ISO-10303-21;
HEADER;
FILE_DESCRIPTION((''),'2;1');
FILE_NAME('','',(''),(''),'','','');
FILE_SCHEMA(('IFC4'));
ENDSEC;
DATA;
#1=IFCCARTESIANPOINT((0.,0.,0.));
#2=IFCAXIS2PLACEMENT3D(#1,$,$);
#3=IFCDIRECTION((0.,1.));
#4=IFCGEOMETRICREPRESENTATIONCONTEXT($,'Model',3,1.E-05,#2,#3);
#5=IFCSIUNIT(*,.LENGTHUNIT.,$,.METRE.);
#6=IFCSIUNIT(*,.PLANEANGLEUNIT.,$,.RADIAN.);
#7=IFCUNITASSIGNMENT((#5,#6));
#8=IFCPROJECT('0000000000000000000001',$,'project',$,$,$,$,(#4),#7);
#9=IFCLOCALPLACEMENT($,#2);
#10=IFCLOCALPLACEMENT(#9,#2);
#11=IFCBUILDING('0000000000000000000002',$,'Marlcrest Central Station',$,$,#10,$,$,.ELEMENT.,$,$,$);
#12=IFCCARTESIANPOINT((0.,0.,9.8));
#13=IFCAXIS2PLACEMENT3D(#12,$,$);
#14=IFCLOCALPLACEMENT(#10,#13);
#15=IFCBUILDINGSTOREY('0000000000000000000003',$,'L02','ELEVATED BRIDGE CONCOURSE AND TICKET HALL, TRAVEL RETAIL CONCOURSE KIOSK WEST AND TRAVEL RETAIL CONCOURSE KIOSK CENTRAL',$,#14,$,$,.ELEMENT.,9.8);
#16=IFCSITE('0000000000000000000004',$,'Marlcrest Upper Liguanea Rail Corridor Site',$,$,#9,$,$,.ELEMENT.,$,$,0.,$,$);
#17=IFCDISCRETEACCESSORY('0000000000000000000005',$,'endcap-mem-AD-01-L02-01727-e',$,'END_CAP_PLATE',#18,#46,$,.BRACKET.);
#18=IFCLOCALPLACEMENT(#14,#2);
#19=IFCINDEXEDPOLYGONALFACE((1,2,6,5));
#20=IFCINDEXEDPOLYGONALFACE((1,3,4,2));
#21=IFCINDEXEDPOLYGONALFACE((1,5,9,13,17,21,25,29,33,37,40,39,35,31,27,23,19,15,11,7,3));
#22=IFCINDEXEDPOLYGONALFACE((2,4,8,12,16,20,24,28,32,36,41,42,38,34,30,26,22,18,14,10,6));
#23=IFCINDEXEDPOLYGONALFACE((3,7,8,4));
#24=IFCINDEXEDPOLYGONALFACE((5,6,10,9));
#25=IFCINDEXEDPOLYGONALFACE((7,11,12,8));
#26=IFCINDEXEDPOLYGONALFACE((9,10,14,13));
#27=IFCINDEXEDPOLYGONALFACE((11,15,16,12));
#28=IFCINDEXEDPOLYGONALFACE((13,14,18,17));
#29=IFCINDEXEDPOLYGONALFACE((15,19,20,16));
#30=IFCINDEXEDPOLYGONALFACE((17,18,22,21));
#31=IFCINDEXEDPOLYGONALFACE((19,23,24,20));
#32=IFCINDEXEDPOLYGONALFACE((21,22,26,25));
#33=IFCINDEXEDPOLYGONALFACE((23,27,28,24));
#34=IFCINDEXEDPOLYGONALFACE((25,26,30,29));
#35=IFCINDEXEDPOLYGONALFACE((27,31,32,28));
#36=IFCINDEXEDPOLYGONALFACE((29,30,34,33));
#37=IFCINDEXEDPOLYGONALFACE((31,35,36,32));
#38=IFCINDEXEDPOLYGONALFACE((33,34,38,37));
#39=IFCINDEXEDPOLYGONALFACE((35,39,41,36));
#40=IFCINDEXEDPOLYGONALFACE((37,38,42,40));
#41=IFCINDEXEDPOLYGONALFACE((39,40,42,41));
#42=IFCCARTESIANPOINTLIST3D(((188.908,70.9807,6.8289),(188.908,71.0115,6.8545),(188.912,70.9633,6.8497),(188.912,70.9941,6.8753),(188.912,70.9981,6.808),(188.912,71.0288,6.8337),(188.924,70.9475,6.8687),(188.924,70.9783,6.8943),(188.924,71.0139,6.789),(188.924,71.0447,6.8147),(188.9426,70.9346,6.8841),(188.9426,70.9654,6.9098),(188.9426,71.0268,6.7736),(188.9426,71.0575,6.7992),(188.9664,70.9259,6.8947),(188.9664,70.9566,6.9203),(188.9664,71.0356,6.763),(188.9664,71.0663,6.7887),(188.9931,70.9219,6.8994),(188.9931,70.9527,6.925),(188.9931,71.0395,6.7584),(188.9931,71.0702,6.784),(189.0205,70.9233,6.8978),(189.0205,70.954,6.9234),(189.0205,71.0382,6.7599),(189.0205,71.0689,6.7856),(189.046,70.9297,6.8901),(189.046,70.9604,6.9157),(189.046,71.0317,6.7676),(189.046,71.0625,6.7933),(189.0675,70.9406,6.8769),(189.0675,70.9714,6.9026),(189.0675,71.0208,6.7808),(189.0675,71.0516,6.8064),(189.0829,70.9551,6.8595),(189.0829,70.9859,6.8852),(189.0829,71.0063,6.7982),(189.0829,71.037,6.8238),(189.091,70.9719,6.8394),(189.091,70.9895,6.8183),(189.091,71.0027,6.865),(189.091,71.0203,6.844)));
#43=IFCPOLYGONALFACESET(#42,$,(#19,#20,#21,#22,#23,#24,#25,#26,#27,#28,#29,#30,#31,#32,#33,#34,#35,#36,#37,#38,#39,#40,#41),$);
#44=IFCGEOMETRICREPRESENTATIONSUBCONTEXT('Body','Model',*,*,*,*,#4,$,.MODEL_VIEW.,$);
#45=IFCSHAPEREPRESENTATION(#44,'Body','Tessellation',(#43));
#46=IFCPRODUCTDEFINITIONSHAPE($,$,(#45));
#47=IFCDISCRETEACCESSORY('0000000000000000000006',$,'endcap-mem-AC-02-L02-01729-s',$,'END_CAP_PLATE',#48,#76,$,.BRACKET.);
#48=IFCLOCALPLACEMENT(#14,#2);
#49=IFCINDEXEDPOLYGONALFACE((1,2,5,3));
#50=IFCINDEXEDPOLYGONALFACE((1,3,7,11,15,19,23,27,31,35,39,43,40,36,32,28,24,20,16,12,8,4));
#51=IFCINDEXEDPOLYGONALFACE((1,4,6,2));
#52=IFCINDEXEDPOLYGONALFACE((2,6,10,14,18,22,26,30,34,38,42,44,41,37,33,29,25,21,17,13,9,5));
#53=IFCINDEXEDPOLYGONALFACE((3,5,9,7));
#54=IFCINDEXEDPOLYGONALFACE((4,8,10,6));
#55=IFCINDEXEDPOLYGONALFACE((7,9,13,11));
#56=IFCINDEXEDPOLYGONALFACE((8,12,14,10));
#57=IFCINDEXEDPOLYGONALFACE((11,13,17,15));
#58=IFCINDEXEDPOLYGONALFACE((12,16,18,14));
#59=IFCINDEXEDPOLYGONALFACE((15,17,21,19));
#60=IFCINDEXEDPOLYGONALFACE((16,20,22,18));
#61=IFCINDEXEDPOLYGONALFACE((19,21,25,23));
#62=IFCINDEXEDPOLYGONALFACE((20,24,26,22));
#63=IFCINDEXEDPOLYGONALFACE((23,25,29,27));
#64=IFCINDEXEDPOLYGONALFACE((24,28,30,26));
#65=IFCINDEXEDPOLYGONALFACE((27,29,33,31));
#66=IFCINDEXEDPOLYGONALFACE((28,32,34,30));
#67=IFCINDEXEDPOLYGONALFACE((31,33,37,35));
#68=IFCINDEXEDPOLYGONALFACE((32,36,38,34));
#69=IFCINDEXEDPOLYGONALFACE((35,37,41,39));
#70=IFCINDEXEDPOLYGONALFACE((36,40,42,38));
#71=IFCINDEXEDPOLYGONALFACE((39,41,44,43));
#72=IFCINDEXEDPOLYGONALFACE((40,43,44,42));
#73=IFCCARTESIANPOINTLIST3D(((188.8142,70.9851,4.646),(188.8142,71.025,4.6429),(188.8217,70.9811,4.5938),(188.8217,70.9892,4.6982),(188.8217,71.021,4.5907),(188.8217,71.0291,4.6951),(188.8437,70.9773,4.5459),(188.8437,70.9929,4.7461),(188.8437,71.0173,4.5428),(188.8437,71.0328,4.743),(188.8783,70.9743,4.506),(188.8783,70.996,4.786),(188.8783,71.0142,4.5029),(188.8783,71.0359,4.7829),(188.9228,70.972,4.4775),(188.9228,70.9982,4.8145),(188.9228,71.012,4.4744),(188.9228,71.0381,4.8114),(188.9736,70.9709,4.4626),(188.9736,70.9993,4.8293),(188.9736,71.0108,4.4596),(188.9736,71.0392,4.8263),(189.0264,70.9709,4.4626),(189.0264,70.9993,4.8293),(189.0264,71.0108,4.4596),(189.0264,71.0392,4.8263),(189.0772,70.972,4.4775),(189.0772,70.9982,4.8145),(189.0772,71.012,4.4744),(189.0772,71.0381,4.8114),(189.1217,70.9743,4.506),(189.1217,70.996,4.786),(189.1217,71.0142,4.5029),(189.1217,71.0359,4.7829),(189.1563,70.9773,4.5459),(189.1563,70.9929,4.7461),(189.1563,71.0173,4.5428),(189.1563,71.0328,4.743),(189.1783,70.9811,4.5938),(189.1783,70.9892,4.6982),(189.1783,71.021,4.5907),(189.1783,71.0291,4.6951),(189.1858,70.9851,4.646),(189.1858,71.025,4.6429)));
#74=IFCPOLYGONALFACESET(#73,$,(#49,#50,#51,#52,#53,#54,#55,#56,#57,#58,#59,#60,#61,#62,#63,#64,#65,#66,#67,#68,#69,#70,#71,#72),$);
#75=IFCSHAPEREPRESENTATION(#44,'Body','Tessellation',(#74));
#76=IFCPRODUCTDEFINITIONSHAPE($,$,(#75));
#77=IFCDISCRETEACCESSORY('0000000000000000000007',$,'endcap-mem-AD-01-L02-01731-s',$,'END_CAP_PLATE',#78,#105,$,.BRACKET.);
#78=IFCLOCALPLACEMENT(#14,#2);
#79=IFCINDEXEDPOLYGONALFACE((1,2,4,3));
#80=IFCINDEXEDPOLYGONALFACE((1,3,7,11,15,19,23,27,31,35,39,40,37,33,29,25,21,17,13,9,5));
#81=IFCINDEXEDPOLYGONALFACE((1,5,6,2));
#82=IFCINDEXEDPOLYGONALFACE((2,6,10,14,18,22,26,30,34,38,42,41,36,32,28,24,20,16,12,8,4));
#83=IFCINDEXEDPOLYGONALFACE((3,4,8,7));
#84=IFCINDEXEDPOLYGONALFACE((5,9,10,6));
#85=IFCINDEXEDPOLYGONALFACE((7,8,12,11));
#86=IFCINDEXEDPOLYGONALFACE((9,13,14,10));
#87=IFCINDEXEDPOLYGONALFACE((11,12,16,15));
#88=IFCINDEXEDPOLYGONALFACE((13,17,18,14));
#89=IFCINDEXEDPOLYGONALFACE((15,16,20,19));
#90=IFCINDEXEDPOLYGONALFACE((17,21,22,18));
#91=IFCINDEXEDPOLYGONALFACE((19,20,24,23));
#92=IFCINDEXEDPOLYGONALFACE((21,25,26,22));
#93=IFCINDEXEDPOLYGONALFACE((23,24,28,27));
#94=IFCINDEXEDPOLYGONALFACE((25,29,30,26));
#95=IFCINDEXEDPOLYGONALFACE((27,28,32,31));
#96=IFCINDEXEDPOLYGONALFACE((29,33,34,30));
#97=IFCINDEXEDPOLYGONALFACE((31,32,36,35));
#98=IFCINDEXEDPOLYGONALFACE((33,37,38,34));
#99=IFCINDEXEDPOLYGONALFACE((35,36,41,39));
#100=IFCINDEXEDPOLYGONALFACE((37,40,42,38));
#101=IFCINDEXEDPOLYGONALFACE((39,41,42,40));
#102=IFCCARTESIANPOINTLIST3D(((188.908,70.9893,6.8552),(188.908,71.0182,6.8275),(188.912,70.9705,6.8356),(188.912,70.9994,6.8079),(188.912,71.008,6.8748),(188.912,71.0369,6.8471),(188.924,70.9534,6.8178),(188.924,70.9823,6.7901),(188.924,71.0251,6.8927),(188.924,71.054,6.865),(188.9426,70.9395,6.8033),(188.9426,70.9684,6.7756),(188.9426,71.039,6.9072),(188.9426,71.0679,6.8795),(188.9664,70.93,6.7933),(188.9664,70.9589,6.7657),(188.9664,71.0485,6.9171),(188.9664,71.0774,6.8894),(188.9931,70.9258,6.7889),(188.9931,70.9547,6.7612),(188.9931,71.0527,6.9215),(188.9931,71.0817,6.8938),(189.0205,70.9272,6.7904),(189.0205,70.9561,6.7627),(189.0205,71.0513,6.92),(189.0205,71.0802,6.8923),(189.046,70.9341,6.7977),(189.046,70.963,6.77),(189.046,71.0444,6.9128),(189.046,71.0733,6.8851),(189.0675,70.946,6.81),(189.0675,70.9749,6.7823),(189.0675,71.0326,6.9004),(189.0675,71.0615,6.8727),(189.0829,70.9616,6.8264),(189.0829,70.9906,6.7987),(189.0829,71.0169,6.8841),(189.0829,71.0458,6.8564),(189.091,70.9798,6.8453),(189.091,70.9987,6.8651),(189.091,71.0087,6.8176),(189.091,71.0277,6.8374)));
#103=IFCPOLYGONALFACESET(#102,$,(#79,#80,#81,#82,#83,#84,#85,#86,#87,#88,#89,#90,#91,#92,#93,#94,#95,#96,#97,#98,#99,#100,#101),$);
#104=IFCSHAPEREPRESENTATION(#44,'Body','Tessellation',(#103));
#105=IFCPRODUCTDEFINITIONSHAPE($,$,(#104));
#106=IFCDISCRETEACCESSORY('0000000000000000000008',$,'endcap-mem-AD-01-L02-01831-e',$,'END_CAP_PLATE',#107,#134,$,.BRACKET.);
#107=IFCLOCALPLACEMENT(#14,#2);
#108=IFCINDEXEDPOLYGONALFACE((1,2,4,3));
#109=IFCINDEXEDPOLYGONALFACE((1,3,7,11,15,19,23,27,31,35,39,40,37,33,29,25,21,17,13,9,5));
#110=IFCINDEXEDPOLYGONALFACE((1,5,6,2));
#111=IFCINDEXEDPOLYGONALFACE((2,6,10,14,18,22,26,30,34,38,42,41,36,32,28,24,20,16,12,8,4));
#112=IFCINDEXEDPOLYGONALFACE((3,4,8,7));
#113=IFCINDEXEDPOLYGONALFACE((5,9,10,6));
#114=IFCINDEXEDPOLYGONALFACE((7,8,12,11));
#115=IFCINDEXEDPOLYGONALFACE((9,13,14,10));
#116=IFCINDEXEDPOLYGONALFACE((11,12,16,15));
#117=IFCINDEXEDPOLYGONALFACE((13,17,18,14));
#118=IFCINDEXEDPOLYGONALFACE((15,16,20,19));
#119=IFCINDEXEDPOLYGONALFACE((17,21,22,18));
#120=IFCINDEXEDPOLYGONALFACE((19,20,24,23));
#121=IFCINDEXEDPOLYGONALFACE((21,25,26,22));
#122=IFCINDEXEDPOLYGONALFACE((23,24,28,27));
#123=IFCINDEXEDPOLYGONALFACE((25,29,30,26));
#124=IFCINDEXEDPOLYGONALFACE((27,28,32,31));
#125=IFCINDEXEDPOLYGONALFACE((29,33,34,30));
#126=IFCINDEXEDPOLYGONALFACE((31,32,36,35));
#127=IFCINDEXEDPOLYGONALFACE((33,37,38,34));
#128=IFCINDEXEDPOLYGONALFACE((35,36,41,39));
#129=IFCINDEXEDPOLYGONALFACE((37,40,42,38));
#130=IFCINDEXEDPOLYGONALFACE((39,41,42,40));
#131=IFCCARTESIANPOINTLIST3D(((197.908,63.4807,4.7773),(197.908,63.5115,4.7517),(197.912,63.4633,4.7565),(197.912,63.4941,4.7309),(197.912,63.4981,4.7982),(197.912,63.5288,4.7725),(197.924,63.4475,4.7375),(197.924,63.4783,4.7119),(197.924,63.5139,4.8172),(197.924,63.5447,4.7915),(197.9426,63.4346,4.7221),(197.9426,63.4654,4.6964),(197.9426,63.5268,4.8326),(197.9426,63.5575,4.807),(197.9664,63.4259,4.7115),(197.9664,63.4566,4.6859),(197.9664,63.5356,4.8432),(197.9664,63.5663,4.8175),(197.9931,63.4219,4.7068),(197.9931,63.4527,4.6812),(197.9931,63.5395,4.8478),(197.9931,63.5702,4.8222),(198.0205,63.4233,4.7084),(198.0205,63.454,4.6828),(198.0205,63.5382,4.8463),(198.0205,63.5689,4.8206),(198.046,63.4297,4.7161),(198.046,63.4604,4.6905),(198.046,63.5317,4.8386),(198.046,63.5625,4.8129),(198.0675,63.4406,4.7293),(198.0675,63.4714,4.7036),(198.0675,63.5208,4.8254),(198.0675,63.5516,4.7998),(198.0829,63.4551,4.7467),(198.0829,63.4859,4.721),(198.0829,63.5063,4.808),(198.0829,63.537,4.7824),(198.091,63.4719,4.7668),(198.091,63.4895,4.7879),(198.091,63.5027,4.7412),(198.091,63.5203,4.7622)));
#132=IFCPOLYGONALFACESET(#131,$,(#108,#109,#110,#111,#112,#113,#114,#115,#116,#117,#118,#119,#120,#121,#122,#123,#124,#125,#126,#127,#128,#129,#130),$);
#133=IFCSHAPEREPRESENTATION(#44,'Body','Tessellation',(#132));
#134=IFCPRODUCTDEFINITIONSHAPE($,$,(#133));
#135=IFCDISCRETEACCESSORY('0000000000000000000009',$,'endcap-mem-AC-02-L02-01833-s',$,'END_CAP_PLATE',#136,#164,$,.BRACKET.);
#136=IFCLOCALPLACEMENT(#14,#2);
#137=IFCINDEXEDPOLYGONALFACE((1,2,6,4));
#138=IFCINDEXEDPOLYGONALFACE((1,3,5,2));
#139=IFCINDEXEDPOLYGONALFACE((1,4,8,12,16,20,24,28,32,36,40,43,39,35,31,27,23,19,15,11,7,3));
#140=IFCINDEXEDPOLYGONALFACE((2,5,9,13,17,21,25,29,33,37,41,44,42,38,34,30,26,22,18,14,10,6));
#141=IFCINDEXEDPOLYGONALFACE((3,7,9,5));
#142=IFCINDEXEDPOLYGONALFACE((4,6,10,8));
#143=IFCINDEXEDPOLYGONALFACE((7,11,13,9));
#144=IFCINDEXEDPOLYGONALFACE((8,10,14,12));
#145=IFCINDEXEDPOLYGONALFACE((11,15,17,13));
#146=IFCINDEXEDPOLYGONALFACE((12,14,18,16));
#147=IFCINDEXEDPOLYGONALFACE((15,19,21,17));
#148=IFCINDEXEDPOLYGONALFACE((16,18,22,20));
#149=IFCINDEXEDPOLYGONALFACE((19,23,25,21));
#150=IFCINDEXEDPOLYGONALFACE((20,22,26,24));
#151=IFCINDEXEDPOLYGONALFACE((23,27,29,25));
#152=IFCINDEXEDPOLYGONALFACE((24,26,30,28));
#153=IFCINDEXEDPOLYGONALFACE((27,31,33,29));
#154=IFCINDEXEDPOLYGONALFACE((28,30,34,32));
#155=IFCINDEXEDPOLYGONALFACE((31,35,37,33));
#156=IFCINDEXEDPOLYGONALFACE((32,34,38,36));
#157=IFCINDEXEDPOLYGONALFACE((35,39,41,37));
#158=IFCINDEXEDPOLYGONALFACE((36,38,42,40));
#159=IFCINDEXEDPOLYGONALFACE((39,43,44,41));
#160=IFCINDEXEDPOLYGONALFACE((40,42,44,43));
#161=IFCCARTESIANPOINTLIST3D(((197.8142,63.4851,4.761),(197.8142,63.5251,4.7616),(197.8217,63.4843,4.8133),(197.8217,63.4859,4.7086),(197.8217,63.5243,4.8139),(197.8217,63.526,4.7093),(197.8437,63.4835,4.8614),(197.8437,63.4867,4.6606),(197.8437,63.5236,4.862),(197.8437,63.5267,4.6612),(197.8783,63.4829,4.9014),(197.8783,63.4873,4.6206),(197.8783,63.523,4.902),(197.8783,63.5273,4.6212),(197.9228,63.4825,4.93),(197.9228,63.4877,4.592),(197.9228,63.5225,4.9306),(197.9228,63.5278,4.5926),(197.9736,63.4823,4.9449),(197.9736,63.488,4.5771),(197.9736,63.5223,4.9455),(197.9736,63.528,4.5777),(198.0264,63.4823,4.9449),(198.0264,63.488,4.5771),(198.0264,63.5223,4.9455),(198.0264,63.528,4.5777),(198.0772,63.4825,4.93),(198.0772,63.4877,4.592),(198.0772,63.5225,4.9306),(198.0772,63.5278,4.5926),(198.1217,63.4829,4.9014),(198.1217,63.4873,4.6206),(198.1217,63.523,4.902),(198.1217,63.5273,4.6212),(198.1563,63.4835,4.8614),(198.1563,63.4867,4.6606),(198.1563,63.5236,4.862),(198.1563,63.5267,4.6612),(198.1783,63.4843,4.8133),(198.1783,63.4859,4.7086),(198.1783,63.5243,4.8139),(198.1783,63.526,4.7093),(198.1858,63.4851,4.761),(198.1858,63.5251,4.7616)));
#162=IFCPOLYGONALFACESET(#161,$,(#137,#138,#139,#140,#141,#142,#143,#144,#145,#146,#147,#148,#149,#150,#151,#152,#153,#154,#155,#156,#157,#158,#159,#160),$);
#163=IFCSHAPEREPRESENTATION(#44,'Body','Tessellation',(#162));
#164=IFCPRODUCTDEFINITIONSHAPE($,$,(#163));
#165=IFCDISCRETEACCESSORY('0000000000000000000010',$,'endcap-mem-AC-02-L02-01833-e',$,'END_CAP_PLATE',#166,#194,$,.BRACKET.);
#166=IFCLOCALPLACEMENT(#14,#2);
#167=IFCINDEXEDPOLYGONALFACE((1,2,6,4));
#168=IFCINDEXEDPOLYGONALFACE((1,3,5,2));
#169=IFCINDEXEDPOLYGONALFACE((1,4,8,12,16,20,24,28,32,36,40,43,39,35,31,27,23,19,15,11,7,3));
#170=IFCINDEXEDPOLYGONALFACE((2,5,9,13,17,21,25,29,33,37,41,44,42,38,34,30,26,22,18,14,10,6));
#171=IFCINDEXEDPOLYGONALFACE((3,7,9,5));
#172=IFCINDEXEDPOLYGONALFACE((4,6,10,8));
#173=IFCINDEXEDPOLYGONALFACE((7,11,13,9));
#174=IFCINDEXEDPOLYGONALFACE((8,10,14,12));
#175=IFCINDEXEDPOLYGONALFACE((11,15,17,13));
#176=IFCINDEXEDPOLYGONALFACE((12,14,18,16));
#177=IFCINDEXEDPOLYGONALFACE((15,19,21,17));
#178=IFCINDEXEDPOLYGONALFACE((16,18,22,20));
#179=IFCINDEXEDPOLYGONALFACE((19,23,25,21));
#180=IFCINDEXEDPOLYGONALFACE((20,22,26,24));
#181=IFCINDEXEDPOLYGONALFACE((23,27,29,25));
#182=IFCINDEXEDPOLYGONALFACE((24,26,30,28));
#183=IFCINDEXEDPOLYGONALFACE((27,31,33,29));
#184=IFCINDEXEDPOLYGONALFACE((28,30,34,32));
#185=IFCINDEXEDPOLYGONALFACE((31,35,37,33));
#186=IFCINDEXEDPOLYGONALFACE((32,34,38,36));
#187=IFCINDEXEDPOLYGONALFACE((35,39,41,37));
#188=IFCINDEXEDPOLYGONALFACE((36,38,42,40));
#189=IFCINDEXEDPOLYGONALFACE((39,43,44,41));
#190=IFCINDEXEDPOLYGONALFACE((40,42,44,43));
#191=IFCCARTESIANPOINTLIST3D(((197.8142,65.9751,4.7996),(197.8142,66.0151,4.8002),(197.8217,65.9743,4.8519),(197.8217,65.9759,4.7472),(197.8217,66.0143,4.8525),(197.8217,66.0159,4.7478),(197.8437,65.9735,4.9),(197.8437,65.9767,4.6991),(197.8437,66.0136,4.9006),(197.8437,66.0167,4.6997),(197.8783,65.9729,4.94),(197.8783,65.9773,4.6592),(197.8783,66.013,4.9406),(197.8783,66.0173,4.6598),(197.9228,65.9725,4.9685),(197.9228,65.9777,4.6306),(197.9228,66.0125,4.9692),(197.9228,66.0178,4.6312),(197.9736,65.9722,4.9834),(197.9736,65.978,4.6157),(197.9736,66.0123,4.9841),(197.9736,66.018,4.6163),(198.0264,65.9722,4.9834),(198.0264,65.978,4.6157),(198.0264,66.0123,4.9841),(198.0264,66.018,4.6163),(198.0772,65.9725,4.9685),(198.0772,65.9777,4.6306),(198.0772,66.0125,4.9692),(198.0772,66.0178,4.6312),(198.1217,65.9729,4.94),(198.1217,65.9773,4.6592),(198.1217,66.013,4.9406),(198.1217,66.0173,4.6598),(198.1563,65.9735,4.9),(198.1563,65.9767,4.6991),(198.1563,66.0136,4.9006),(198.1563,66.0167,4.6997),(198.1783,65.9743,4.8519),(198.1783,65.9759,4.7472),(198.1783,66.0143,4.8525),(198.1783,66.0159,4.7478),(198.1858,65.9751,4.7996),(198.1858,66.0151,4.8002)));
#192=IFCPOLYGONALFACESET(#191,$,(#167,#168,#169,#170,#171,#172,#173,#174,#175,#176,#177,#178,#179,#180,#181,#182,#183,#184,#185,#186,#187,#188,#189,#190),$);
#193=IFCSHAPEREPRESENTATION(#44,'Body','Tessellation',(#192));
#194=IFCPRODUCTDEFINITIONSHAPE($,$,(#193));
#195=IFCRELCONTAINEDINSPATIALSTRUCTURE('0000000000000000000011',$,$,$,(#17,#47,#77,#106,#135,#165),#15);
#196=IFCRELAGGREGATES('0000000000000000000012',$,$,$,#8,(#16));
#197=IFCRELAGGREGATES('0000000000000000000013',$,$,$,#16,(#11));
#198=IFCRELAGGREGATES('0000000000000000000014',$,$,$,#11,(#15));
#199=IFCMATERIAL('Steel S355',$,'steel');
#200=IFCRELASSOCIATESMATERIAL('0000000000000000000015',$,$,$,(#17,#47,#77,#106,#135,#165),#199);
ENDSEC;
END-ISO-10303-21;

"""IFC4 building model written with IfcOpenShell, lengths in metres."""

from ifc_helpers import new_model, si_unit, direction, frame, origin, origin_2d, place, context, subcontext, project, spatial, circle, extrude, material, element, save


model = new_model("IFC4")

# Units and contexts
model_context = context("Model", 3, precision=1e-05, world=origin(), true_north=direction((0.0, 1.0)))
body_context = subcontext(model_context, "Body", "Model", "MODEL_VIEW")
ifc_project = project(units=[si_unit("LENGTHUNIT", "METRE"), si_unit("PLANEANGLEUNIT", "RADIAN")], contexts=[model_context])

# Site, building, storey
site_placement = place(None, origin())
site = spatial("IfcSite", under=ifc_project, at=site_placement, Name="Marlcrest Upper Liguanea Rail Corridor Site", CompositionType="ELEMENT", RefElevation=0.0)
building_placement = place(site_placement, origin())
building = spatial("IfcBuilding", under=site, at=building_placement, Name="Marlcrest Central Station", CompositionType="ELEMENT")
storey_placement = place(building_placement, frame((0.0, 0.0, 9.8)))
storey = spatial("IfcBuildingStorey", under=building, at=storey_placement, Name="L02", Description="ELEVATED BRIDGE CONCOURSE AND TICKET HALL, TRAVEL RETAIL CONCOURSE KIOSK WEST AND TRAVEL RETAIL CONCOURSE KIOSK CENTRAL", CompositionType="ELEMENT", Elevation=9.8)

# Shared definitions
ifc_material = material(Name="Steel S355", Category="steel")

# Discrete accessories
discrete_accessory_1_placement = place(storey_placement, frame((189.0, 70.9807, 6.8289), z_axis=(0.0, 0.76816, 0.640258), x_axis=(-1.0, 0.0, 0.0)))
element("IfcDiscreteAccessory", 1, at=discrete_accessory_1_placement, inside=storey, material=ifc_material, Name="endcap-mem-AD-01-L02-01727-e", ObjectType="END_CAP_PLATE", PredefinedType="BRACKET", context=body_context, shape_type="SweptSolid", body=[
    extrude(circle(Radius=0.092, at=origin_2d()), origin(), (0.0, 0.0, 1.0), 0.04),
])
discrete_accessory_2_placement = place(storey_placement, frame((189.0, 70.9851, 4.646), z_axis=(0.0, 0.997007, -0.077307), x_axis=(-1.0, 0.0, 0.0)))
element("IfcDiscreteAccessory", 2, at=discrete_accessory_2_placement, inside=storey, material=ifc_material, Name="endcap-mem-AC-02-L02-01729-s", ObjectType="END_CAP_PLATE", PredefinedType="BRACKET", context=body_context, shape_type="SweptSolid", body=[
    extrude(circle(Radius=0.1858, at=origin_2d()), origin(), (0.0, 0.0, 1.0), 0.04),
])
for number, where, z_axis, x_axis, name in (
    (3, (189.0, 70.9893, 6.8552), (0.0, 0.722247, -0.691636), (-1.0, 0.0, 0.0), "endcap-mem-AD-01-L02-01731-s"),
    (4, (198.0, 63.4807, 4.7773), (0.0, 0.76816, -0.640258), (-1.0, 0.0, 0.0), "endcap-mem-AD-01-L02-01831-e"),
):
    element("IfcDiscreteAccessory", number, at=place(storey_placement, frame(where, z_axis=z_axis, x_axis=x_axis)), inside=storey, material=ifc_material, Name=name, ObjectType="END_CAP_PLATE", PredefinedType="BRACKET", context=body_context, shape_type="SweptSolid", body=[
        extrude(circle(Radius=0.092, at=origin_2d()), origin(), (0.0, 0.0, 1.0), 0.04),
    ])
for number, where, z_axis, x_axis, name in (
    (5, (198.0, 63.4851, 4.761), (0.0, 0.999879, 0.015525), (-1.0, 0.0, 0.0), "endcap-mem-AC-02-L02-01833-s"),
    (6, (198.0, 65.9751, 4.7996), (0.0, 0.999879, 0.015525), (-1.0, 0.0, 0.0), "endcap-mem-AC-02-L02-01833-e"),
):
    element("IfcDiscreteAccessory", number, at=place(storey_placement, frame(where, z_axis=z_axis, x_axis=x_axis)), inside=storey, material=ifc_material, Name=name, ObjectType="END_CAP_PLATE", PredefinedType="BRACKET", context=body_context, shape_type="SweptSolid", body=[
        extrude(circle(Radius=0.1858, at=origin_2d()), origin(), (0.0, 0.0, 1.0), 0.04),
    ])

save(model, "model.ifc")
